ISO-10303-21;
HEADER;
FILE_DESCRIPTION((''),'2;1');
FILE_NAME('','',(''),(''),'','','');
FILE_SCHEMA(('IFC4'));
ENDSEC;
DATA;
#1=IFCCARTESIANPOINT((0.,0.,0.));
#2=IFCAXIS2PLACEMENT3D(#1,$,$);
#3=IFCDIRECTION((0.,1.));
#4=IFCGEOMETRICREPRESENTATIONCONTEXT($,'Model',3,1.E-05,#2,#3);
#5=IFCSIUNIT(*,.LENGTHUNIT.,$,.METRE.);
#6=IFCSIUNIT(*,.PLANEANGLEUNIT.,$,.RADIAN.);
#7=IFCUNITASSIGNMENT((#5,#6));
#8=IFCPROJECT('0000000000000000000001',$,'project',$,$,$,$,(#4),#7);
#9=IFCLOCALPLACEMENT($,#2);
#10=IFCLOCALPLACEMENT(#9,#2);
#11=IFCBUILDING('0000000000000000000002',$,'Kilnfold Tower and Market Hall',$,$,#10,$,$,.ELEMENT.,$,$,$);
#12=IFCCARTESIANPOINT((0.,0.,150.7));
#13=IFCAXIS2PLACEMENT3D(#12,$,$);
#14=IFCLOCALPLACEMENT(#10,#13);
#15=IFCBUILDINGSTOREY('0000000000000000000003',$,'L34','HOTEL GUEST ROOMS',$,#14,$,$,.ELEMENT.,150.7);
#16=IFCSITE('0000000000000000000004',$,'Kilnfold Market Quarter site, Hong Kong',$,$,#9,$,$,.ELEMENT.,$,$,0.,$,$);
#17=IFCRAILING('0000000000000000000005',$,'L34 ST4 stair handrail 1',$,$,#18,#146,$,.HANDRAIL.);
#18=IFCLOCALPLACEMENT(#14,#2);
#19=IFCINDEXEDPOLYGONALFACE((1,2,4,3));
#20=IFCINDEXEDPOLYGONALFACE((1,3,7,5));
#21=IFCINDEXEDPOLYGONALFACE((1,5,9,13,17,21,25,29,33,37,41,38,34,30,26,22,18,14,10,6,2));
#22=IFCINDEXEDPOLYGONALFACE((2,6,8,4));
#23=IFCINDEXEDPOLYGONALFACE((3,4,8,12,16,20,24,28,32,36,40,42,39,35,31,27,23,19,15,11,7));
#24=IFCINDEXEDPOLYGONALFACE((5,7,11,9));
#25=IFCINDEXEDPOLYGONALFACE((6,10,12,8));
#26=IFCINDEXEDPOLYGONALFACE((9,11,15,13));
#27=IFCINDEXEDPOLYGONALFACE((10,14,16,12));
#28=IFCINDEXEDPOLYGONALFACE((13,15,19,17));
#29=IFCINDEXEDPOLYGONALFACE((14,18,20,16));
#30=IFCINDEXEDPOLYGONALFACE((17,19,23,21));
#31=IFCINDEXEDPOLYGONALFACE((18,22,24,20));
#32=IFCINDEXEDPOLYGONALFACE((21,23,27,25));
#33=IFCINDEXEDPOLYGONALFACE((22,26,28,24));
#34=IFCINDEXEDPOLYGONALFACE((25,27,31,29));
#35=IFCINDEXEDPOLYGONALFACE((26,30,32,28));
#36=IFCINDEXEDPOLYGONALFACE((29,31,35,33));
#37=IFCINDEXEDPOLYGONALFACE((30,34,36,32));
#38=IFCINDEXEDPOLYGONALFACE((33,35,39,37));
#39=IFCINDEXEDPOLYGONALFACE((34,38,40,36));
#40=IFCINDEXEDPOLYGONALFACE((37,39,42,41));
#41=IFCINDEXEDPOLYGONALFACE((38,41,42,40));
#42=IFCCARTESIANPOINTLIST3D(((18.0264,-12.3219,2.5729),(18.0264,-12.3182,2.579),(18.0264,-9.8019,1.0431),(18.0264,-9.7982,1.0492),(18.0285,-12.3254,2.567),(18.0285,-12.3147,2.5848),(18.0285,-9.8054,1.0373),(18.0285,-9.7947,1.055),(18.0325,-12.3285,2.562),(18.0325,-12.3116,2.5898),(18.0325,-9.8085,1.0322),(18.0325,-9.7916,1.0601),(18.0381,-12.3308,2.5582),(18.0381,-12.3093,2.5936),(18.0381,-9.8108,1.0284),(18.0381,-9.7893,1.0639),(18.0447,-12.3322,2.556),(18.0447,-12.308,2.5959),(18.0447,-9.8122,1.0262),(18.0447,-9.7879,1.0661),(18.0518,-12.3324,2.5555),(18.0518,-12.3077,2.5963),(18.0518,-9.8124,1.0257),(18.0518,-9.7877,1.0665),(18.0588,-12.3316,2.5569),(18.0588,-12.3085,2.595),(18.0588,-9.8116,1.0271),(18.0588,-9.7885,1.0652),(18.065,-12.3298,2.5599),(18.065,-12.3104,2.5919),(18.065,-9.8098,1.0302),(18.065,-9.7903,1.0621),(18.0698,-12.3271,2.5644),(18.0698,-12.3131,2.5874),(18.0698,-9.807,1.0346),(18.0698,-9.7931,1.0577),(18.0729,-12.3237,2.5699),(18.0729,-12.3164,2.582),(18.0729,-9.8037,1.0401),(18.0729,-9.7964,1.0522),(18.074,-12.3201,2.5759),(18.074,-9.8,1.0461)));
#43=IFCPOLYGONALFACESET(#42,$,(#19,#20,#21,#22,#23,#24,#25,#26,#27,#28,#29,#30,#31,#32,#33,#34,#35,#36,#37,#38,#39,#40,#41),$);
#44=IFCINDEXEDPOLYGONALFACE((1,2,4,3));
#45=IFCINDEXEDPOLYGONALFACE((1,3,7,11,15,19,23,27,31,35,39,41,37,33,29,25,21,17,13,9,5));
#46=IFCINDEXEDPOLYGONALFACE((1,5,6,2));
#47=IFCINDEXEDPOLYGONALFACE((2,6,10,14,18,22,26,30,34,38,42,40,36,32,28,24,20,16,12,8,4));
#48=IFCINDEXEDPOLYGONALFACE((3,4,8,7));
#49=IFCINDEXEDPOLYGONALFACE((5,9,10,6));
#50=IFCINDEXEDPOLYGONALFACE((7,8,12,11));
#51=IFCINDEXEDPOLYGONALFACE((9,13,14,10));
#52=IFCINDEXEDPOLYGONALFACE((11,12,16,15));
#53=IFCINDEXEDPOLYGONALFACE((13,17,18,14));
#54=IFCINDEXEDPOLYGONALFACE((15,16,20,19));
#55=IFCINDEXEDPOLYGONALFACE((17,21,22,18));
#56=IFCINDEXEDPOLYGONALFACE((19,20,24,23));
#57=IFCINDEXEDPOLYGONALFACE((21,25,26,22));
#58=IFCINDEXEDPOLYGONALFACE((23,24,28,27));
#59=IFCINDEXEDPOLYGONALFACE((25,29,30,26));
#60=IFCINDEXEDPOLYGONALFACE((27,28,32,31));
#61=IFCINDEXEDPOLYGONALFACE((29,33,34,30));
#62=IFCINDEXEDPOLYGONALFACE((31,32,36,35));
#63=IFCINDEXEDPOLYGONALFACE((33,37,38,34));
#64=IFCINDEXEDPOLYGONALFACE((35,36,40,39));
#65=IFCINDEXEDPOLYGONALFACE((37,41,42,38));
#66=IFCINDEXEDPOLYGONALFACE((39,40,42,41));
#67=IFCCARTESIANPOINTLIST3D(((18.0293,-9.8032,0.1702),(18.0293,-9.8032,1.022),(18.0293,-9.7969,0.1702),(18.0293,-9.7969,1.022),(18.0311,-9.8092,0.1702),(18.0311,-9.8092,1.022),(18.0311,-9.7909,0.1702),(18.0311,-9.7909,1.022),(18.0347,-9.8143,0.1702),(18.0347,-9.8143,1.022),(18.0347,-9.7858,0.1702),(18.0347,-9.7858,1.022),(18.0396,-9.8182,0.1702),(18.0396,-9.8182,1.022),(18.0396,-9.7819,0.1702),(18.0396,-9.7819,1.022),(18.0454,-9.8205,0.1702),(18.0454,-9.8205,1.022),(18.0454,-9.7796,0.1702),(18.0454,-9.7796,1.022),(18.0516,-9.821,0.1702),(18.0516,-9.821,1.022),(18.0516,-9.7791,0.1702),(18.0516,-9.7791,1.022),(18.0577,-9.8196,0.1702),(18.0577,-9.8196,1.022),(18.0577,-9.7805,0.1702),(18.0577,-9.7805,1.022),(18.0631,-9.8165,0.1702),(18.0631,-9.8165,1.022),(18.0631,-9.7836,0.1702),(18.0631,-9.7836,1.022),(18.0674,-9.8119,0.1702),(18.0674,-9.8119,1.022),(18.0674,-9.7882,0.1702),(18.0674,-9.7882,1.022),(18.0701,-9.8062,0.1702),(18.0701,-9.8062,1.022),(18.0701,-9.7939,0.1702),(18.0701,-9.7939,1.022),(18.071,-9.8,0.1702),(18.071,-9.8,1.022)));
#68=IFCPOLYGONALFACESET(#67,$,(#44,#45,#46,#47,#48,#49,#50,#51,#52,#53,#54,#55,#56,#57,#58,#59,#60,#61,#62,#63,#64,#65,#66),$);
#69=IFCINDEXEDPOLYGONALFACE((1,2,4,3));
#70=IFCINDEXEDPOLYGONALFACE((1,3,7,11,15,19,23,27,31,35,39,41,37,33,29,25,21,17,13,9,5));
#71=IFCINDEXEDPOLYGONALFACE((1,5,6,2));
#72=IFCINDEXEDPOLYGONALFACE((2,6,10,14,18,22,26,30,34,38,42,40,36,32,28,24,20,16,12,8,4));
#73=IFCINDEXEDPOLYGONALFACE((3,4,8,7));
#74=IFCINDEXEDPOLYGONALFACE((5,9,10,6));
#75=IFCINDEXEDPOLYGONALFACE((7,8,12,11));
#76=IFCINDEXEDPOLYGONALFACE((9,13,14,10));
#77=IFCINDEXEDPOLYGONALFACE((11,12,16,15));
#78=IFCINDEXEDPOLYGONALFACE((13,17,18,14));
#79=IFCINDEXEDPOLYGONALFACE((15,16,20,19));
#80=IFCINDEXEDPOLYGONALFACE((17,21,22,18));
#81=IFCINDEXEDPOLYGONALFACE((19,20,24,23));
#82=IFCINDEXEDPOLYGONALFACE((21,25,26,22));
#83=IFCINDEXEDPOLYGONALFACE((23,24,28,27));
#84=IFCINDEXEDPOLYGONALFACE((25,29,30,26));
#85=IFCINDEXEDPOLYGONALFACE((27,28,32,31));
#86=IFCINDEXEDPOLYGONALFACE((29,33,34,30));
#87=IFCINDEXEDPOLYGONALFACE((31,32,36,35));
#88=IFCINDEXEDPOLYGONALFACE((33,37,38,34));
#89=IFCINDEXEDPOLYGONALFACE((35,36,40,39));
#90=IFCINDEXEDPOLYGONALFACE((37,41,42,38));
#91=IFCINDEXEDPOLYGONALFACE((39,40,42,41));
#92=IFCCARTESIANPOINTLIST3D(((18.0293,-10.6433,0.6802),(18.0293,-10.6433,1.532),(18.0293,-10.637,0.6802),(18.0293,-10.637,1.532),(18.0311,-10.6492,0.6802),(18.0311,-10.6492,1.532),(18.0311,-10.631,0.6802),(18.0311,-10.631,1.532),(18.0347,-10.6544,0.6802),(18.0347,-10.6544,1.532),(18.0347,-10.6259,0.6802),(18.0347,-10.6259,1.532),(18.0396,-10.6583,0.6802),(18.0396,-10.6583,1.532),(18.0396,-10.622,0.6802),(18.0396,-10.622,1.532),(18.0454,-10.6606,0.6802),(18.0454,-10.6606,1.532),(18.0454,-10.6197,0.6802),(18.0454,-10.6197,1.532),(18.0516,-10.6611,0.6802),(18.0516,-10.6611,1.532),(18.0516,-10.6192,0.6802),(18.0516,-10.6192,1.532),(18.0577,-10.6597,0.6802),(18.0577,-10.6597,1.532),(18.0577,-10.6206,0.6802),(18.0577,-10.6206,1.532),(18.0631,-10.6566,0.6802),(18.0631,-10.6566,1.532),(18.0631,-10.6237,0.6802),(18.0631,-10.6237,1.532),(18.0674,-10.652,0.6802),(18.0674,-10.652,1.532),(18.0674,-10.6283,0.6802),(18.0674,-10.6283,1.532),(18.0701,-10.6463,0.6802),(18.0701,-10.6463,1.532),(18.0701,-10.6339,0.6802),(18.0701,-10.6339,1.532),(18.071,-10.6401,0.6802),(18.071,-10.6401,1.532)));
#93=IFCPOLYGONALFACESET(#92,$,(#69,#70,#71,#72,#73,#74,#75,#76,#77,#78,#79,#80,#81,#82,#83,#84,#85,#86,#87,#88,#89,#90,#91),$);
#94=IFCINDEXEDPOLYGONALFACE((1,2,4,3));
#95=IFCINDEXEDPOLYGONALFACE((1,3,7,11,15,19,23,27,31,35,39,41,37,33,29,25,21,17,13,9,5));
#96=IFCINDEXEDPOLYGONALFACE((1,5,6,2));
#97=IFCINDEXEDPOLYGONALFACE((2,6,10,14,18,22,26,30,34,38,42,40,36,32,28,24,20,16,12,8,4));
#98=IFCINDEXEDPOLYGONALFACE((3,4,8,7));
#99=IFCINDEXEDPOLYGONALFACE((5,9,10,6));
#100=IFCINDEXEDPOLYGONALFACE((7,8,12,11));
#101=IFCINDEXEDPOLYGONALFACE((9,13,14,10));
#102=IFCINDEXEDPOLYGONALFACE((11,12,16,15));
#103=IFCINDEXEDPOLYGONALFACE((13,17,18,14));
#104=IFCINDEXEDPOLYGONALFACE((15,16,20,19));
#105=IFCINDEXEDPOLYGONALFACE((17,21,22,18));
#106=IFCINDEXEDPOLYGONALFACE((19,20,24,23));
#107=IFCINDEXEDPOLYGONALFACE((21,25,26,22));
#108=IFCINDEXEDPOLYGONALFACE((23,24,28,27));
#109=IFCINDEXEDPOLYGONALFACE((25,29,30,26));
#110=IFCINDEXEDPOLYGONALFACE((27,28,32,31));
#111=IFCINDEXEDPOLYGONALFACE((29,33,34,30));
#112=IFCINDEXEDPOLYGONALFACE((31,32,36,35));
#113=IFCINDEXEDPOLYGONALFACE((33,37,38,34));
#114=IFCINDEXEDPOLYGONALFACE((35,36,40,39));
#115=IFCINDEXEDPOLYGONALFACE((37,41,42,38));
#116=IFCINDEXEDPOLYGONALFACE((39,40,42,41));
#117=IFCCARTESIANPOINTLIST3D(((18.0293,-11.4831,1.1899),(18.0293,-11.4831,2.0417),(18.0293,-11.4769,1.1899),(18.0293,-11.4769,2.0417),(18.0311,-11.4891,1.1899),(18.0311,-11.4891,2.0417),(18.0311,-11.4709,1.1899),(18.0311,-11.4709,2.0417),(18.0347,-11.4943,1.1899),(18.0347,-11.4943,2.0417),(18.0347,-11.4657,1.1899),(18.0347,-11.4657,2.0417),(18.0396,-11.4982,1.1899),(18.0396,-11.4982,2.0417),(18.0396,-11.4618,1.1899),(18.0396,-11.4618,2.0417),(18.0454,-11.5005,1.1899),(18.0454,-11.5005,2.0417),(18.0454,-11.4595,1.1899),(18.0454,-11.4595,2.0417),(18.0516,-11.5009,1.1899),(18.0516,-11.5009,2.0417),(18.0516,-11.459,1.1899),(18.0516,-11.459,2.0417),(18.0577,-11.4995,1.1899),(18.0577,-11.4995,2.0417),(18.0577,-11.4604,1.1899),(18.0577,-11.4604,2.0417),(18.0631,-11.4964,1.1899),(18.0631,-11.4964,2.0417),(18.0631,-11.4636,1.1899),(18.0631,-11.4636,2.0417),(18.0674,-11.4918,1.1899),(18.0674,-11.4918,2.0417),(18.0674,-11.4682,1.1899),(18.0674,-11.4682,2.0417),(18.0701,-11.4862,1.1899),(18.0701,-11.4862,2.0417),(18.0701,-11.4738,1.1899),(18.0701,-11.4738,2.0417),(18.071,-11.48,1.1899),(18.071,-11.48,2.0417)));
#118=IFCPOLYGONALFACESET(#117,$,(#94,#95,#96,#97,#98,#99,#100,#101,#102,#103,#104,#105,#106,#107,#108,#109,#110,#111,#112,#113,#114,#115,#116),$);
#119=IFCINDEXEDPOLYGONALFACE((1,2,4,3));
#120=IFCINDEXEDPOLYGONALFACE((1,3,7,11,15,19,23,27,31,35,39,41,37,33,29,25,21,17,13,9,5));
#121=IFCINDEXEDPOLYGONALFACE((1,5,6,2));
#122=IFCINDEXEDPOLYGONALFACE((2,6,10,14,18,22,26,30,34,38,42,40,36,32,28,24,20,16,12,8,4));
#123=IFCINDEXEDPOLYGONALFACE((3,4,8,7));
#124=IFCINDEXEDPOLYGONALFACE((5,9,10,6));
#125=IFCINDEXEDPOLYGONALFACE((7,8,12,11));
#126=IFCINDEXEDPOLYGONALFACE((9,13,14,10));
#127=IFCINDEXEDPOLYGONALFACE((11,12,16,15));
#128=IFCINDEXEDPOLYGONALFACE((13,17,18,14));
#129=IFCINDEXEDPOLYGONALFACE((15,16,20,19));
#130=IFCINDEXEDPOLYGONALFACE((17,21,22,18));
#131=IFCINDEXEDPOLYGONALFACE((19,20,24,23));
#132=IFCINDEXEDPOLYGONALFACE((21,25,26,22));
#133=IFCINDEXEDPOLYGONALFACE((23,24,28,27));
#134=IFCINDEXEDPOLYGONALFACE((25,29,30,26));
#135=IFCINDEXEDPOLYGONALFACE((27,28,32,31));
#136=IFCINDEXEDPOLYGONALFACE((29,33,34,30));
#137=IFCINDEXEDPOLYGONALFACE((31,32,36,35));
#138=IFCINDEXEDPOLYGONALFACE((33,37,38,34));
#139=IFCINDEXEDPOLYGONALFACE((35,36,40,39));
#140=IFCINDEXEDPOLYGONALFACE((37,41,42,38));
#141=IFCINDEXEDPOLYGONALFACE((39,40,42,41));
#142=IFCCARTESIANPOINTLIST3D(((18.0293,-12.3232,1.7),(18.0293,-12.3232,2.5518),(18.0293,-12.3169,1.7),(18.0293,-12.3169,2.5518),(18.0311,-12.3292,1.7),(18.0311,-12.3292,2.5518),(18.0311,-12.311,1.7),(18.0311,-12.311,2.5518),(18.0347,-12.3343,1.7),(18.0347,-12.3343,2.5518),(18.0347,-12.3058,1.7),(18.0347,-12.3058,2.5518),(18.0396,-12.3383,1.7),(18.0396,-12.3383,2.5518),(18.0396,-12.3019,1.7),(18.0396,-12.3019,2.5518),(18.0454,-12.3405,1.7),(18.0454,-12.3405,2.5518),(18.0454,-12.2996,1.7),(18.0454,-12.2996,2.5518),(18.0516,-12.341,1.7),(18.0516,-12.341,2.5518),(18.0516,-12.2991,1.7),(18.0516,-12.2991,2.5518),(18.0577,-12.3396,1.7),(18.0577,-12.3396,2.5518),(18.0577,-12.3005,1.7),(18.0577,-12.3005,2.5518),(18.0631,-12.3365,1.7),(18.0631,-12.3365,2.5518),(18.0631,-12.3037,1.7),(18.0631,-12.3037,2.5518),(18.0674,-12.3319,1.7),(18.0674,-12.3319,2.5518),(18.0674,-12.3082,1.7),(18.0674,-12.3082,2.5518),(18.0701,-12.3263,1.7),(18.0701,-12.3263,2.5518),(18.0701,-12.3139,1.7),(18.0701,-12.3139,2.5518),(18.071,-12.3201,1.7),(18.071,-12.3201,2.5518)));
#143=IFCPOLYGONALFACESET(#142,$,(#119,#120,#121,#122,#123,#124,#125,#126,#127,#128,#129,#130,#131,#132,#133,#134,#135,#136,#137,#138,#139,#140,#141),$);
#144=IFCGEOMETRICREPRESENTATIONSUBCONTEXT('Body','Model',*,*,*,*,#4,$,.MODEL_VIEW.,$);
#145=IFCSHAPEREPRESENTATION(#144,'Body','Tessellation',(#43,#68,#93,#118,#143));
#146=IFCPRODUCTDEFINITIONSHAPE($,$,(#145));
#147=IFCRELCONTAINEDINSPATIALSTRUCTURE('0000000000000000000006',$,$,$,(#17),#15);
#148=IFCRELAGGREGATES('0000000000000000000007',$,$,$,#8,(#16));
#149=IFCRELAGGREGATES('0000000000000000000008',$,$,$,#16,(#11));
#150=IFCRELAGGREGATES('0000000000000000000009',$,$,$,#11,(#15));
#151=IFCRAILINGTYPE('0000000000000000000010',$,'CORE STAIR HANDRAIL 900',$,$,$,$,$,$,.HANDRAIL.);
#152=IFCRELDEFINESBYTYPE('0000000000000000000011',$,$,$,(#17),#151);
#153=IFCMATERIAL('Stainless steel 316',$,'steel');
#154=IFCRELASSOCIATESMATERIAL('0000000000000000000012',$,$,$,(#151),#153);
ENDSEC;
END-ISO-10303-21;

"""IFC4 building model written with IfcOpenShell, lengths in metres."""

from ifc_helpers import new_model, si_unit, direction, frame, origin, origin_2d, place, context, subcontext, project, spatial, circle, extrude, material, type_object, element, save


model = new_model("IFC4")

# Units and contexts
model_context = context("Model", 3, precision=1e-05, world=origin(), true_north=direction((0.0, 1.0)))
body_context = subcontext(model_context, "Body", "Model", "MODEL_VIEW")
ifc_project = project(units=[si_unit("LENGTHUNIT", "METRE"), si_unit("PLANEANGLEUNIT", "RADIAN")], contexts=[model_context])

# Site, building, storey
site_placement = place(None, origin())
site = spatial("IfcSite", under=ifc_project, at=site_placement, Name="Kilnfold Market Quarter site, Hong Kong", CompositionType="ELEMENT", RefElevation=0.0)
building_placement = place(site_placement, origin())
building = spatial("IfcBuilding", under=site, at=building_placement, Name="Kilnfold Tower and Market Hall", CompositionType="ELEMENT")
storey_placement = place(building_placement, frame((0.0, 0.0, 150.7)))
storey = spatial("IfcBuildingStorey", under=building, at=storey_placement, Name="L34", Description="HOTEL GUEST ROOMS", CompositionType="ELEMENT", Elevation=150.7)

# Railing
ifc_material_1 = material(Name="Stainless steel 316", Category="steel")
railing_type_1 = type_object("IfcRailingType", Name="CORE STAIR HANDRAIL 900", PredefinedType="HANDRAIL", material=ifc_material_1)
railing_1_placement = place(storey_placement, frame((18.05, -9.8, 0.1702)))
element("IfcRailing", 1, at=railing_1_placement, inside=storey, type_object=railing_type_1, Name="L34 ST4 stair handrail 1", PredefinedType="HANDRAIL", context=body_context, shape_type="SweptSolid", body=[
    extrude(circle(Radius=0.0239, at=origin_2d()), frame((0.0, 0.0, 0.876), z_axis=(0.0, -0.854822, 0.518922), x_axis=(1.0, 0.0, 0.0)), (0.0, 0.0, 1.0), 2.948),
    extrude(circle(Radius=0.021, at=origin_2d()), origin(), (0.0, 0.0, 1.0), 0.8518),
    extrude(circle(Radius=0.021, at=origin_2d()), frame((0.0, -0.8401, 0.51)), (0.0, 0.0, 1.0), 0.8518),
    extrude(circle(Radius=0.021, at=origin_2d()), frame((0.0, -1.6799, 1.0198)), (0.0, 0.0, 1.0), 0.8518),
    extrude(circle(Radius=0.021, at=origin_2d()), frame((0.0, -2.52, 1.5298)), (0.0, 0.0, 1.0), 0.8518),
])

save(model, "model.ifc")
